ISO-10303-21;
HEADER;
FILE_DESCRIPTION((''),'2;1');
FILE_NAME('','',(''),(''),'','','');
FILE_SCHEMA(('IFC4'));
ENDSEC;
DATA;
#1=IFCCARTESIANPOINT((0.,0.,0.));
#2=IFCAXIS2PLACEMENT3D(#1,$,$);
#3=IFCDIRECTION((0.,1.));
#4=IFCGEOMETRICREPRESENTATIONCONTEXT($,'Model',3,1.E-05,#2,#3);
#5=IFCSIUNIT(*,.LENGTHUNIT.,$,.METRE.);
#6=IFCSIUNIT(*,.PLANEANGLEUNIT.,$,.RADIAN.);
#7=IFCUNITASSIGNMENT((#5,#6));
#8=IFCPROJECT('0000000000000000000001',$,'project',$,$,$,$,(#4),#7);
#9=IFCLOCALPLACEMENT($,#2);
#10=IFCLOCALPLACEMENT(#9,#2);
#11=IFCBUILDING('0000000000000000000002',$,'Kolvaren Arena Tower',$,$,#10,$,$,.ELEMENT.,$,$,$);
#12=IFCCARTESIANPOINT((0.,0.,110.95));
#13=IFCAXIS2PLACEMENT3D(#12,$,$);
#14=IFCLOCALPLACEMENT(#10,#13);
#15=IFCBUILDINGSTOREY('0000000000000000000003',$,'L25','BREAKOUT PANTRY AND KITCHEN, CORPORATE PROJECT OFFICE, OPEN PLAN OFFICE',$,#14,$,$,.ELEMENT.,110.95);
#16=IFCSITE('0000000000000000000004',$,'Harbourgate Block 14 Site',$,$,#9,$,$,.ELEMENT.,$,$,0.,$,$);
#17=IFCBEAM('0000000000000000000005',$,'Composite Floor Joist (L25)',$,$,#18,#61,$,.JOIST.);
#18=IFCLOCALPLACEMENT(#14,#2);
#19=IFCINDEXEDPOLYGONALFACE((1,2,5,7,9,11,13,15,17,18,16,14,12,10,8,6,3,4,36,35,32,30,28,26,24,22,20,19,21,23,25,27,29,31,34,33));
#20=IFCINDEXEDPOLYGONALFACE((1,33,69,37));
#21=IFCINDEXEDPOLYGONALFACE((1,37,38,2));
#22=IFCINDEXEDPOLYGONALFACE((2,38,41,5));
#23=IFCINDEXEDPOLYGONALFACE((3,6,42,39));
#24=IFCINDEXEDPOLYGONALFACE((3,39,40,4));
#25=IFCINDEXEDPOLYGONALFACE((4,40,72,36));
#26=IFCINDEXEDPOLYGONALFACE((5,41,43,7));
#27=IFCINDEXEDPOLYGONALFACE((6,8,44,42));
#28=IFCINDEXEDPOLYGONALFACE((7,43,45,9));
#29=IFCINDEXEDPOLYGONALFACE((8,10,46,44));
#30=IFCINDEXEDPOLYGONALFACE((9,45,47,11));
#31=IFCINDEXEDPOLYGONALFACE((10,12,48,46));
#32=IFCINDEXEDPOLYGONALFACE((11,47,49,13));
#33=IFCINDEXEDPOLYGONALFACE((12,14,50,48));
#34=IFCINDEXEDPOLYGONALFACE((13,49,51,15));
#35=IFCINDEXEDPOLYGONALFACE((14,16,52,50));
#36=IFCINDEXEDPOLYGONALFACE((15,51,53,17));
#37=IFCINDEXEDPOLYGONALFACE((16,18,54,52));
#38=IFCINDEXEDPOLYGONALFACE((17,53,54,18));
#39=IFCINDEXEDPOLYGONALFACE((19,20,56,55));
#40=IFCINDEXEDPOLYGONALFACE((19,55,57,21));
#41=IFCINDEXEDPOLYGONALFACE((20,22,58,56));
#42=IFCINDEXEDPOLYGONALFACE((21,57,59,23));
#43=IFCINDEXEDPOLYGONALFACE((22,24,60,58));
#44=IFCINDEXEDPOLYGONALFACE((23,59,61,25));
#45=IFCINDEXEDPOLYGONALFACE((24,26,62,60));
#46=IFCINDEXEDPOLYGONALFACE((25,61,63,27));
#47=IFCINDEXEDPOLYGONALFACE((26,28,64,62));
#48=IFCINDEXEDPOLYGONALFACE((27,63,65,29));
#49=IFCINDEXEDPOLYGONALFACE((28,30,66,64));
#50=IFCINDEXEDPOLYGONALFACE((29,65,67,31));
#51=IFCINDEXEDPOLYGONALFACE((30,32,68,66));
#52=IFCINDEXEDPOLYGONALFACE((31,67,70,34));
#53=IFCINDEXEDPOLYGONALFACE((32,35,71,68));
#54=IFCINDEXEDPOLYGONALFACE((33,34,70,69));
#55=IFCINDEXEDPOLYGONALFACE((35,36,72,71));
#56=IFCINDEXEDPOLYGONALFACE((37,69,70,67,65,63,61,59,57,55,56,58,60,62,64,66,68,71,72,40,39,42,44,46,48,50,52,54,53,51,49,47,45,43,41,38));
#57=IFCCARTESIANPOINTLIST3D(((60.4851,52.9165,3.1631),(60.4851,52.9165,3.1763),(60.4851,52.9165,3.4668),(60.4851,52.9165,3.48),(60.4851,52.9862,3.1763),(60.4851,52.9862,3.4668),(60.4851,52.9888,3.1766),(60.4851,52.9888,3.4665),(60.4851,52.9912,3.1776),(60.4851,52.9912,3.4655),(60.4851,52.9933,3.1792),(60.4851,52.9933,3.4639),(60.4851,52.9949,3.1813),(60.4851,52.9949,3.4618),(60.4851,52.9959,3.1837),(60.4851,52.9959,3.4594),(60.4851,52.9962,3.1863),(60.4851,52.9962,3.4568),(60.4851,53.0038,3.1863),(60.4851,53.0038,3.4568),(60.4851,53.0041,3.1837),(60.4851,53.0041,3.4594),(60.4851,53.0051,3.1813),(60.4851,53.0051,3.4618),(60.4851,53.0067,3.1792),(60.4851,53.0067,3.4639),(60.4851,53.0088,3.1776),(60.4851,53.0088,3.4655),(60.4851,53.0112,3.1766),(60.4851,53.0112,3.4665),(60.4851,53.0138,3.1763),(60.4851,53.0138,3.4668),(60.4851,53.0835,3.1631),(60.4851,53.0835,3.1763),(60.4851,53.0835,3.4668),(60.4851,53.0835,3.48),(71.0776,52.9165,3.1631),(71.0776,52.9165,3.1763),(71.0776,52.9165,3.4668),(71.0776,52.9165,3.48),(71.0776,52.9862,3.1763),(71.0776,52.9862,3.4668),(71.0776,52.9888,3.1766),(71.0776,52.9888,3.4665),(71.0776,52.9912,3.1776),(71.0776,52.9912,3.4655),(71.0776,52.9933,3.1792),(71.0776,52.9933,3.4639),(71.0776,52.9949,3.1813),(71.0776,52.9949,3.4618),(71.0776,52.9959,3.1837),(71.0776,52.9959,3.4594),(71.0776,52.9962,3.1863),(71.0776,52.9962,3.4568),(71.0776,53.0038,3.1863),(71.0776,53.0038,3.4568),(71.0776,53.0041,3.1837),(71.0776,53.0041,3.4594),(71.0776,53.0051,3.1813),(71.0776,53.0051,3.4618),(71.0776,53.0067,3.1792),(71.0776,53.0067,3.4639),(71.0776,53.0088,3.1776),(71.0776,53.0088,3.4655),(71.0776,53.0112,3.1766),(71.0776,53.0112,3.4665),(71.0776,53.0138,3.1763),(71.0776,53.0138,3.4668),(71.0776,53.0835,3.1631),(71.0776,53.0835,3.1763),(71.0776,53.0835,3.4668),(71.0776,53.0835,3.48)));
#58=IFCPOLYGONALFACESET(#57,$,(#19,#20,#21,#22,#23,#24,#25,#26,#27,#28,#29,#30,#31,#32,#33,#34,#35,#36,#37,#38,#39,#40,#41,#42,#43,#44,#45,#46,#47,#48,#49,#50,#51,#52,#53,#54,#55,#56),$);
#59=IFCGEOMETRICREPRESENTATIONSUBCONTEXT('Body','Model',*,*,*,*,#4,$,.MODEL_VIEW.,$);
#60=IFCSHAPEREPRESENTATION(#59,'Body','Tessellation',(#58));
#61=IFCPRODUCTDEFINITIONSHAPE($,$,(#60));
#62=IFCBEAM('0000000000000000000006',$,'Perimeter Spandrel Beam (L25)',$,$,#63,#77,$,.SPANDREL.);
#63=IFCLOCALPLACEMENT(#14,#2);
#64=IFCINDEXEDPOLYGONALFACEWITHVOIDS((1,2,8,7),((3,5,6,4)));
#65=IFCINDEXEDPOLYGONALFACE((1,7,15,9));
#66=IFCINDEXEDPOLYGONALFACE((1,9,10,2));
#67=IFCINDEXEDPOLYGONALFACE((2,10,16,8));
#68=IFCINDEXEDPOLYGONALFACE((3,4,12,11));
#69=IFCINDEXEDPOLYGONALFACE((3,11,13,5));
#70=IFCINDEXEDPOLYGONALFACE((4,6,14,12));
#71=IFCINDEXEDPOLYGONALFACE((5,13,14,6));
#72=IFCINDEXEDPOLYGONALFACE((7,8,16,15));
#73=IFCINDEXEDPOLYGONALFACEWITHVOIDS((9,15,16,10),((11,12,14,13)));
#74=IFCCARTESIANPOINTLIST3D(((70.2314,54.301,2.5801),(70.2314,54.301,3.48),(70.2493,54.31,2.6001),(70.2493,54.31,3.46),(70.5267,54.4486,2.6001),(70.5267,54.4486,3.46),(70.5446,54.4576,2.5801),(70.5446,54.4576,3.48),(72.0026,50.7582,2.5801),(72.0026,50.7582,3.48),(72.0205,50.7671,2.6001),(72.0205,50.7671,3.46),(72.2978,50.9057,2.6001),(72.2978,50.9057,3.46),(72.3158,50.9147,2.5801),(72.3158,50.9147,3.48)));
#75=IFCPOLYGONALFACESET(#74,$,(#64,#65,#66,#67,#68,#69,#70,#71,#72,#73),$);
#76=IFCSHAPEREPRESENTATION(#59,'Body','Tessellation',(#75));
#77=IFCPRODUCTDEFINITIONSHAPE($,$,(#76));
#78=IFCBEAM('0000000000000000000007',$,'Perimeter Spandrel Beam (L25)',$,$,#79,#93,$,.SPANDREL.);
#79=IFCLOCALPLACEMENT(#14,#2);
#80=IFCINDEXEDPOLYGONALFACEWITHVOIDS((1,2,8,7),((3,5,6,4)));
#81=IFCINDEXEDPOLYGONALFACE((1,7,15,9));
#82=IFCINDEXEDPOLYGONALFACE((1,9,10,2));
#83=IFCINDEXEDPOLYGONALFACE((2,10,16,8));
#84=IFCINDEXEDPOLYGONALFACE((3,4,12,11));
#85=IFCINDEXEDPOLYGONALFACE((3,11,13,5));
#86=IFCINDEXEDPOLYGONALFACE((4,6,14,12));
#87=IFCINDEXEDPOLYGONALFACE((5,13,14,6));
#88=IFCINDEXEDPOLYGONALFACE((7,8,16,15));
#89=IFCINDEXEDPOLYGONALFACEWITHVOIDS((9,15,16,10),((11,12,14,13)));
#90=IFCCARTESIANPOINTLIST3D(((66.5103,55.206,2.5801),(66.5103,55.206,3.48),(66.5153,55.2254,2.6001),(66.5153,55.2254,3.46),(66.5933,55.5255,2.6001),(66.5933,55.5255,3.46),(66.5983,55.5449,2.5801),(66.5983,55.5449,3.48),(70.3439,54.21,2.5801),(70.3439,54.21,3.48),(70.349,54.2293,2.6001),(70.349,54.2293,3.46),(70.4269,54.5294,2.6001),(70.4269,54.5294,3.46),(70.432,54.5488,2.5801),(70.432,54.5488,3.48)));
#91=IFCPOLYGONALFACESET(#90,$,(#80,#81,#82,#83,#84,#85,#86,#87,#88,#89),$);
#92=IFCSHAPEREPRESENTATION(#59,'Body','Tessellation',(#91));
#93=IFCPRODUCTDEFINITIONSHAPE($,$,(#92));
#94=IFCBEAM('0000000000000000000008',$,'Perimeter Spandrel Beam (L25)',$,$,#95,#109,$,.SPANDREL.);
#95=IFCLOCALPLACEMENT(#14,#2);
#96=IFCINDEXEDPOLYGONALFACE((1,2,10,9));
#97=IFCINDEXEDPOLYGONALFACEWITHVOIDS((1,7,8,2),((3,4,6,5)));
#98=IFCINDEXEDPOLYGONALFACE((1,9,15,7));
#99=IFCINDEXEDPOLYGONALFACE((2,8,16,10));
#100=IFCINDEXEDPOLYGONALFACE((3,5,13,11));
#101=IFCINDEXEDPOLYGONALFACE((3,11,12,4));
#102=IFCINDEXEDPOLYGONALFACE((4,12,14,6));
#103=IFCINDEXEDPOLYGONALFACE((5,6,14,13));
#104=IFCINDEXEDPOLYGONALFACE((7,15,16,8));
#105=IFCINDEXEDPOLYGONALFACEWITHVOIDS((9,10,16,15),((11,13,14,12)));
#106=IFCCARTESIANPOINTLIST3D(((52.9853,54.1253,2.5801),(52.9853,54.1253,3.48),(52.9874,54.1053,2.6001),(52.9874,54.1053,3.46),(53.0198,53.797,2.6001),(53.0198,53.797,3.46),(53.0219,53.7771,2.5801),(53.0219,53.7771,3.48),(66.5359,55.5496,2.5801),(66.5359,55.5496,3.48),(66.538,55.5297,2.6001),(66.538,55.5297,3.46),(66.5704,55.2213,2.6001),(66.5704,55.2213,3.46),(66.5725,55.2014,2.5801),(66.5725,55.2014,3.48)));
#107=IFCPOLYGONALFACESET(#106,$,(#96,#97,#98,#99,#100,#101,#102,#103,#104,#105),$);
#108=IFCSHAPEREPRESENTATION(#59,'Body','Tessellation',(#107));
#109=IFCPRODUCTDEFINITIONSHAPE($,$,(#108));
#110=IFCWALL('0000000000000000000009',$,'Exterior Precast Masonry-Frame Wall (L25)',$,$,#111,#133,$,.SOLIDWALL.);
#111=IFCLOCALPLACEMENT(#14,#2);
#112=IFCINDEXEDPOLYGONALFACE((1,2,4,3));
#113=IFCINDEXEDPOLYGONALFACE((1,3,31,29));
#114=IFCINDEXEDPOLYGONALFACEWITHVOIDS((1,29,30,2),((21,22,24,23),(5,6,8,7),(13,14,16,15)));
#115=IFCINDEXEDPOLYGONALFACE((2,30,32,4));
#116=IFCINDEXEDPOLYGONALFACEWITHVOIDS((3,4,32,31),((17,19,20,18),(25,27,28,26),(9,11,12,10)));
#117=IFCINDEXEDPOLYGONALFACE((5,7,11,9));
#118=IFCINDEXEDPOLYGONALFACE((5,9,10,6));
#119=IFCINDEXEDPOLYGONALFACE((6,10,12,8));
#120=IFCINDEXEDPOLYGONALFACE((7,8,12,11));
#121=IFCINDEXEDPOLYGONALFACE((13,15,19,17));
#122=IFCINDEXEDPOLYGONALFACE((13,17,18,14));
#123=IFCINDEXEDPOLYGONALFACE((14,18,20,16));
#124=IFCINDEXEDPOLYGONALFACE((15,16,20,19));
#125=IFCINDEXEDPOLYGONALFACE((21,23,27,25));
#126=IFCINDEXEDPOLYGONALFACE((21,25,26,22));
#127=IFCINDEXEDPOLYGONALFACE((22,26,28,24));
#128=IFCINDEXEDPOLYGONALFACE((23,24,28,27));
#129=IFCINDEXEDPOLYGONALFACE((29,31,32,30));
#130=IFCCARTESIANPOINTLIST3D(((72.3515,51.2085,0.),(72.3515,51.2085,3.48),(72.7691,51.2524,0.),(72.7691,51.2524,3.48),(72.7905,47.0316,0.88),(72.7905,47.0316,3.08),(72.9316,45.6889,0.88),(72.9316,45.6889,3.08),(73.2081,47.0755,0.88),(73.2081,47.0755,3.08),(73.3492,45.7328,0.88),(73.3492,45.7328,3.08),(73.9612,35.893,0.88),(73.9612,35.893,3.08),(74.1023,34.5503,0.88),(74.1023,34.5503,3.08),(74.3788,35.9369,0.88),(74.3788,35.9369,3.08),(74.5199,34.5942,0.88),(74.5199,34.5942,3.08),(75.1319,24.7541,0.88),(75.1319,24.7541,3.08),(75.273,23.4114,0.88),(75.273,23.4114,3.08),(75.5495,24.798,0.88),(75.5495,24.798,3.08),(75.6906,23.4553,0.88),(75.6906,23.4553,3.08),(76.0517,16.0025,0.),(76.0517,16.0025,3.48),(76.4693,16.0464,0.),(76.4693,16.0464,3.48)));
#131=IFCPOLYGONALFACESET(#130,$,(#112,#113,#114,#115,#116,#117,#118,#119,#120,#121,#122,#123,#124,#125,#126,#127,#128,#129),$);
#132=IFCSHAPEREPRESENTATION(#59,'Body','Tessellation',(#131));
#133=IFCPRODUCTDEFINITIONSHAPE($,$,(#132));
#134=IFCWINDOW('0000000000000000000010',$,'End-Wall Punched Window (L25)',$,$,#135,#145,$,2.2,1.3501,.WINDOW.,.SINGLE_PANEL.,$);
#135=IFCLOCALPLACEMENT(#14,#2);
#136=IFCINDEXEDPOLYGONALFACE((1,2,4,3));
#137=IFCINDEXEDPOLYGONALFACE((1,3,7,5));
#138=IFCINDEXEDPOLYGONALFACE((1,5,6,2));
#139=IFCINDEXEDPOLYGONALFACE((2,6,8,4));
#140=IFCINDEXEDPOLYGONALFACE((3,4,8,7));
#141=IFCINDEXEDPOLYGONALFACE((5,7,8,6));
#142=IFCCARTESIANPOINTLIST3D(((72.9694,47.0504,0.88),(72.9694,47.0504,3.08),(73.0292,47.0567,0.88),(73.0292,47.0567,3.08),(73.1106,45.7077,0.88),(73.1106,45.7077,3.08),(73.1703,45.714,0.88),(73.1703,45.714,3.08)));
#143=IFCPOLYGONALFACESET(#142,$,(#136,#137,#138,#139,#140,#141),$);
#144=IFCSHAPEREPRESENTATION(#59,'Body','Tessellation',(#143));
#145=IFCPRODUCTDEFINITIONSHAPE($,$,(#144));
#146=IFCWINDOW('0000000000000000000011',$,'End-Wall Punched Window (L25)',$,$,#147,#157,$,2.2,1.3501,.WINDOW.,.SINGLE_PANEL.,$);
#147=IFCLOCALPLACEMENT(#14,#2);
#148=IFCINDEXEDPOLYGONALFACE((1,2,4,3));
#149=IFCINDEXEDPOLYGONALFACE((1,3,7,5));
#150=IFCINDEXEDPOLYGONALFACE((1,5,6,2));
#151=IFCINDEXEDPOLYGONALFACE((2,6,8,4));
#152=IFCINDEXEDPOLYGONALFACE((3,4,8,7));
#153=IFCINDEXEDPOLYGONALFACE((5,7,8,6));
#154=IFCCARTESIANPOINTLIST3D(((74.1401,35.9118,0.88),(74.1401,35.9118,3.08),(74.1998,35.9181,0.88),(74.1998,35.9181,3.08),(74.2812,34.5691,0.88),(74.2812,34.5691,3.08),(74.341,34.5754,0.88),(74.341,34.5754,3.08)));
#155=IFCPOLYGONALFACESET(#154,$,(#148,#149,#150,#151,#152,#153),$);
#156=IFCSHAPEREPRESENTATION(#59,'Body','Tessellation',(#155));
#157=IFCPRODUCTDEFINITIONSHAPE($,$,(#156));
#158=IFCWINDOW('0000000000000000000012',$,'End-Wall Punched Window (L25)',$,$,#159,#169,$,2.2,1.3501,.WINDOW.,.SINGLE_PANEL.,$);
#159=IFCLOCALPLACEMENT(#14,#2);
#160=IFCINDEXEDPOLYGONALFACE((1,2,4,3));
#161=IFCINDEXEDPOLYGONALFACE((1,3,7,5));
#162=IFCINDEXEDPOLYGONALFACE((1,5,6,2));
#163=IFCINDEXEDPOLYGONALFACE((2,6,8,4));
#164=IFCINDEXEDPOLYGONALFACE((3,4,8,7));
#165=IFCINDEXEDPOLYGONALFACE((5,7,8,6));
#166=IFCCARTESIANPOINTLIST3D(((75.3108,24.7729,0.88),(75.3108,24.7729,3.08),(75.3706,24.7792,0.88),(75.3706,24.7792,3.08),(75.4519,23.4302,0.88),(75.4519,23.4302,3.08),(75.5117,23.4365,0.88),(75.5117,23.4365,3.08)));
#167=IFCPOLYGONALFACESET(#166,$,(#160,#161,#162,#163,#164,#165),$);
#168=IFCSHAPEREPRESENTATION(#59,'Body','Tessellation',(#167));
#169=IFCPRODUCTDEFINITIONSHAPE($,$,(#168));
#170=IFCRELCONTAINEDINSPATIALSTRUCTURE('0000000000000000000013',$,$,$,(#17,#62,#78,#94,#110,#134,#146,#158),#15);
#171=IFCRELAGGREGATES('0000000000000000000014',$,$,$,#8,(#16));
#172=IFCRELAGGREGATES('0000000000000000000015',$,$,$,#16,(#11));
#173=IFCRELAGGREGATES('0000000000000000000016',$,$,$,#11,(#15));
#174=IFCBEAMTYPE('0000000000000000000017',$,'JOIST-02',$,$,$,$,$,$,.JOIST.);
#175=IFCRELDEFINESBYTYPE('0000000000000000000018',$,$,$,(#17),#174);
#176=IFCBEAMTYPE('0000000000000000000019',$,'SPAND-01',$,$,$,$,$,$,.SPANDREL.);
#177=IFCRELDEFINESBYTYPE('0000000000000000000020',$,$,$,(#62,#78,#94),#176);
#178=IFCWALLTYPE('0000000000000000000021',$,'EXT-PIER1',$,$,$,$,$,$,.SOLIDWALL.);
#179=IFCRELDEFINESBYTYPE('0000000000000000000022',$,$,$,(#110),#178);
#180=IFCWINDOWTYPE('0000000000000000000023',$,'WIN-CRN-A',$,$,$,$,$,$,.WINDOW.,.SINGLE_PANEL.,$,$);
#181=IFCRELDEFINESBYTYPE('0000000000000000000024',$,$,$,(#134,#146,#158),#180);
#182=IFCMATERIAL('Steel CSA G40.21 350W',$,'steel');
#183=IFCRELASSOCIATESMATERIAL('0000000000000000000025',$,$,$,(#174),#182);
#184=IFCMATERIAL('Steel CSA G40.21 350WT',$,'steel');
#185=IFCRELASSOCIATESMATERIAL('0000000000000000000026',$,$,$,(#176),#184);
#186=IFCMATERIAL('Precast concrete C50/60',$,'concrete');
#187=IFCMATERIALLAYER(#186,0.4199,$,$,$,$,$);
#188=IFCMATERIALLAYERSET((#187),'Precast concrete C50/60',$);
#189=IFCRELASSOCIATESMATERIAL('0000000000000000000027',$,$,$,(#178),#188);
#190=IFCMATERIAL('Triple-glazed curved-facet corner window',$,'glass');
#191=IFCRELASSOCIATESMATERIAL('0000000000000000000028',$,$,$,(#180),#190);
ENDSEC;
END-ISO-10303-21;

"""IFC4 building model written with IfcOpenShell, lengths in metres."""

from ifc_helpers import new_model, si_unit, direction, frame, frame_2d, origin, origin_2d, place, context, subcontext, project, spatial, rectangle, hollow_rectangle, i_section, extrude, material, layer, layer_set, material_profile, profile_set, type_object, element, fill, save


model = new_model("IFC4")

# Units and contexts
model_context = context("Model", 3, precision=1e-05, world=origin(), true_north=direction((0.0, 1.0)))
body_context = subcontext(model_context, "Body", "Model", "MODEL_VIEW")
ifc_project = project(units=[si_unit("LENGTHUNIT", "METRE"), si_unit("PLANEANGLEUNIT", "RADIAN")], contexts=[model_context])

# Site, building, storey
site_placement = place(None, origin())
site = spatial("IfcSite", under=ifc_project, at=site_placement, Name="Harbourgate Block 14 Site", CompositionType="ELEMENT", RefElevation=0.0)
building_placement = place(site_placement, origin())
building = spatial("IfcBuilding", under=site, at=building_placement, Name="Kolvaren Arena Tower", CompositionType="ELEMENT")
storey_placement = place(building_placement, frame((0.0, 0.0, 110.95)))
storey = spatial("IfcBuildingStorey", under=building, at=storey_placement, Name="L25", Description="BREAKOUT PANTRY AND KITCHEN, CORPORATE PROJECT OFFICE, OPEN PLAN OFFICE", CompositionType="ELEMENT", Elevation=110.95)

# Beams
ifc_material_1 = material(Name="Steel CSA G40.21 350W", Category="steel")
ifc_material_profile_1 = material_profile(ifc_material_1, i_section(OverallWidth=0.167, OverallDepth=0.3169, WebThickness=0.0076, FlangeThickness=0.0132, FilletRadius=0.01, at=origin_2d()), Name="W310x52")
ifc_profile_set_1 = profile_set([ifc_material_profile_1], Name="Steel CSA G40.21 350W")
beam_type_1 = type_object("IfcBeamType", Name="JOIST-02", PredefinedType="JOIST", material=ifc_profile_set_1)
beam_1_placement = place(storey_placement, frame((60.4851, 53.0, 3.3215), z_axis=(1.0, 0.0, 0.0), x_axis=(0.0, 1.0, 0.0)))
element("IfcBeam", 1, at=beam_1_placement, inside=storey, type_object=beam_type_1, Name="Composite Floor Joist (L25)", PredefinedType="JOIST", context=body_context, shape_type="SweptSolid", body=[
    extrude(i_section(OverallWidth=0.167, OverallDepth=0.3169, WebThickness=0.0076, FlangeThickness=0.0132, FilletRadius=0.01, at=origin_2d()), origin(), (0.0, 0.0, 1.0), 10.5925),
])
ifc_material_2 = material(Name="Steel CSA G40.21 350WT", Category="steel")
ifc_material_profile_2 = material_profile(ifc_material_2, hollow_rectangle(XDim=0.3501, YDim=0.8999, WallThickness=0.02, at=origin_2d()), Name="HSS 900x350x20")
ifc_profile_set_2 = profile_set([ifc_material_profile_2], Name="Steel CSA G40.21 350WT")
beam_type_2 = type_object("IfcBeamType", Name="SPAND-01", PredefinedType="SPANDREL", material=ifc_profile_set_2)
for number, where, z_axis, x_axis, name in (
    (2, (72.1592, 50.8364, 3.03), (-0.447164, 0.894452, 0.0), (-0.894452, -0.447164, 0.0), "Perimeter Spandrel Beam (L25)"),
    (3, (70.3879, 54.3794, 3.03), (-0.967864, 0.251473, 0.0), (-0.251473, -0.967864, 0.0), "Perimeter Spandrel Beam (L25)"),
):
    element("IfcBeam", number, at=place(storey_placement, frame(where, z_axis=z_axis, x_axis=x_axis)), inside=storey, type_object=beam_type_2, Name=name, PredefinedType="SPANDREL", context=body_context, shape_type="SweptSolid", body=[
        extrude(hollow_rectangle(XDim=0.3501, YDim=0.8999, WallThickness=0.02, at=origin_2d()), origin(), (0.0, 0.0, 1.0), 3.9609),
    ])
beam_2_placement = place(storey_placement, frame((66.5542, 55.3755, 3.03), z_axis=(-0.994521, -0.104536, 0.0), x_axis=(0.104536, -0.994521, 0.0)))
element("IfcBeam", 4, at=beam_2_placement, inside=storey, type_object=beam_type_2, Name="Perimeter Spandrel Beam (L25)", PredefinedType="SPANDREL", context=body_context, shape_type="SweptSolid", body=[
    extrude(hollow_rectangle(XDim=0.3501, YDim=0.8999, WallThickness=0.02, at=origin_2d()), origin(), (0.0, 0.0, 1.0), 13.6252),
])

# Wall, openings, windows
ifc_material_3 = material(Name="Precast concrete C50/60", Category="concrete")
ifc_layer_1 = layer(ifc_material_3, 0.4199)
ifc_layer_set_1 = layer_set([ifc_layer_1], Name="Precast concrete C50/60")
wall_type_1 = type_object("IfcWallType", Name="EXT-PIER1", PredefinedType="SOLIDWALL", material=ifc_layer_set_1)
wall_1_placement = place(storey_placement, frame((72.5603, 51.2305, 0.0), z_axis=(0.0, 0.0, 1.0), x_axis=(0.104525, -0.994522, 0.0)))
wall_1 = element("IfcWall", 5, at=wall_1_placement, inside=storey, type_object=wall_type_1, Name="Exterior Precast Masonry-Frame Wall (L25)", PredefinedType="SOLIDWALL", context=body_context, shape_type="SweptSolid", body=[
    extrude(rectangle(XDim=35.3999, YDim=0.4199, at=frame_2d((17.7, 0.0))), origin(), (0.0, 0.0, 1.0), 3.48),
])
opening_1_placement = place(wall_1_placement, frame((4.2, 0.0, 0.8799)))
opening_1 = element("IfcOpeningElement", 6, at=opening_1_placement, cuts=wall_1, PredefinedType="OPENING", context=body_context, shape_type="SweptSolid", body=[
    extrude(rectangle(XDim=1.3501, YDim=2.2, at=frame_2d((0.675, 1.1001))), frame((0.0, 0.22, 0.0), z_axis=(0.0, -1.0, 0.0), x_axis=(1.0, 0.0, 0.0)), (0.0, 0.0, 1.0), 0.4399),
])
opening_2_placement = place(wall_1_placement, frame((15.3999, 0.0, 0.8799)))
opening_2 = element("IfcOpeningElement", 7, at=opening_2_placement, cuts=wall_1, PredefinedType="OPENING", context=body_context, shape_type="SweptSolid", body=[
    extrude(rectangle(XDim=1.3501, YDim=2.2, at=frame_2d((0.675, 1.1001))), frame((0.0, 0.22, 0.0), z_axis=(0.0, -1.0, 0.0), x_axis=(1.0, 0.0, 0.0)), (0.0, 0.0, 1.0), 0.4399),
])
opening_3_placement = place(wall_1_placement, frame((26.6001, 0.0, 0.8799)))
opening_3 = element("IfcOpeningElement", 8, at=opening_3_placement, cuts=wall_1, PredefinedType="OPENING", context=body_context, shape_type="SweptSolid", body=[
    extrude(rectangle(XDim=1.3501, YDim=2.2, at=frame_2d((0.675, 1.1001))), frame((0.0, 0.22, 0.0), z_axis=(0.0, -1.0, 0.0), x_axis=(1.0, 0.0, 0.0)), (0.0, 0.0, 1.0), 0.4399),
])
ifc_material_4 = material(Name="Triple-glazed curved-facet corner window", Category="glass")
window_type = type_object("IfcWindowType", Name="WIN-CRN-A", PartitioningType="SINGLE_PANEL", PredefinedType="WINDOW", material=ifc_material_4)
window_1_placement = place(opening_1_placement, origin())
window_1 = element("IfcWindow", 9, at=window_1_placement, inside=storey, type_object=window_type, Name="End-Wall Punched Window (L25)", OverallHeight=2.2, OverallWidth=1.3501, PartitioningType="SINGLE_PANEL", PredefinedType="WINDOW", context=body_context, shape_type="SweptSolid", body=[
    extrude(rectangle(XDim=1.3501, YDim=2.2, at=frame_2d((0.675, 1.1001))), frame((0.0, 0.03, 0.0), z_axis=(0.0, -1.0, 0.0), x_axis=(1.0, 0.0, 0.0)), (0.0, 0.0, 1.0), 0.0601),
])
fill(opening_1, window_1)
window_2_placement = place(opening_2_placement, origin())
window_2 = element("IfcWindow", 10, at=window_2_placement, inside=storey, type_object=window_type, Name="End-Wall Punched Window (L25)", OverallHeight=2.2, OverallWidth=1.3501, PartitioningType="SINGLE_PANEL", PredefinedType="WINDOW", context=body_context, shape_type="SweptSolid", body=[
    extrude(rectangle(XDim=1.3501, YDim=2.2, at=frame_2d((0.675, 1.1001))), frame((0.0, 0.03, 0.0), z_axis=(0.0, -1.0, 0.0), x_axis=(1.0, 0.0, 0.0)), (0.0, 0.0, 1.0), 0.0601),
])
fill(opening_2, window_2)
window_3_placement = place(opening_3_placement, origin())
window_3 = element("IfcWindow", 11, at=window_3_placement, inside=storey, type_object=window_type, Name="End-Wall Punched Window (L25)", OverallHeight=2.2, OverallWidth=1.3501, PartitioningType="SINGLE_PANEL", PredefinedType="WINDOW", context=body_context, shape_type="SweptSolid", body=[
    extrude(rectangle(XDim=1.3501, YDim=2.2, at=frame_2d((0.675, 1.1001))), frame((0.0, 0.03, 0.0), z_axis=(0.0, -1.0, 0.0), x_axis=(1.0, 0.0, 0.0)), (0.0, 0.0, 1.0), 0.0601),
])
fill(opening_3, window_3)

save(model, "model.ifc")
